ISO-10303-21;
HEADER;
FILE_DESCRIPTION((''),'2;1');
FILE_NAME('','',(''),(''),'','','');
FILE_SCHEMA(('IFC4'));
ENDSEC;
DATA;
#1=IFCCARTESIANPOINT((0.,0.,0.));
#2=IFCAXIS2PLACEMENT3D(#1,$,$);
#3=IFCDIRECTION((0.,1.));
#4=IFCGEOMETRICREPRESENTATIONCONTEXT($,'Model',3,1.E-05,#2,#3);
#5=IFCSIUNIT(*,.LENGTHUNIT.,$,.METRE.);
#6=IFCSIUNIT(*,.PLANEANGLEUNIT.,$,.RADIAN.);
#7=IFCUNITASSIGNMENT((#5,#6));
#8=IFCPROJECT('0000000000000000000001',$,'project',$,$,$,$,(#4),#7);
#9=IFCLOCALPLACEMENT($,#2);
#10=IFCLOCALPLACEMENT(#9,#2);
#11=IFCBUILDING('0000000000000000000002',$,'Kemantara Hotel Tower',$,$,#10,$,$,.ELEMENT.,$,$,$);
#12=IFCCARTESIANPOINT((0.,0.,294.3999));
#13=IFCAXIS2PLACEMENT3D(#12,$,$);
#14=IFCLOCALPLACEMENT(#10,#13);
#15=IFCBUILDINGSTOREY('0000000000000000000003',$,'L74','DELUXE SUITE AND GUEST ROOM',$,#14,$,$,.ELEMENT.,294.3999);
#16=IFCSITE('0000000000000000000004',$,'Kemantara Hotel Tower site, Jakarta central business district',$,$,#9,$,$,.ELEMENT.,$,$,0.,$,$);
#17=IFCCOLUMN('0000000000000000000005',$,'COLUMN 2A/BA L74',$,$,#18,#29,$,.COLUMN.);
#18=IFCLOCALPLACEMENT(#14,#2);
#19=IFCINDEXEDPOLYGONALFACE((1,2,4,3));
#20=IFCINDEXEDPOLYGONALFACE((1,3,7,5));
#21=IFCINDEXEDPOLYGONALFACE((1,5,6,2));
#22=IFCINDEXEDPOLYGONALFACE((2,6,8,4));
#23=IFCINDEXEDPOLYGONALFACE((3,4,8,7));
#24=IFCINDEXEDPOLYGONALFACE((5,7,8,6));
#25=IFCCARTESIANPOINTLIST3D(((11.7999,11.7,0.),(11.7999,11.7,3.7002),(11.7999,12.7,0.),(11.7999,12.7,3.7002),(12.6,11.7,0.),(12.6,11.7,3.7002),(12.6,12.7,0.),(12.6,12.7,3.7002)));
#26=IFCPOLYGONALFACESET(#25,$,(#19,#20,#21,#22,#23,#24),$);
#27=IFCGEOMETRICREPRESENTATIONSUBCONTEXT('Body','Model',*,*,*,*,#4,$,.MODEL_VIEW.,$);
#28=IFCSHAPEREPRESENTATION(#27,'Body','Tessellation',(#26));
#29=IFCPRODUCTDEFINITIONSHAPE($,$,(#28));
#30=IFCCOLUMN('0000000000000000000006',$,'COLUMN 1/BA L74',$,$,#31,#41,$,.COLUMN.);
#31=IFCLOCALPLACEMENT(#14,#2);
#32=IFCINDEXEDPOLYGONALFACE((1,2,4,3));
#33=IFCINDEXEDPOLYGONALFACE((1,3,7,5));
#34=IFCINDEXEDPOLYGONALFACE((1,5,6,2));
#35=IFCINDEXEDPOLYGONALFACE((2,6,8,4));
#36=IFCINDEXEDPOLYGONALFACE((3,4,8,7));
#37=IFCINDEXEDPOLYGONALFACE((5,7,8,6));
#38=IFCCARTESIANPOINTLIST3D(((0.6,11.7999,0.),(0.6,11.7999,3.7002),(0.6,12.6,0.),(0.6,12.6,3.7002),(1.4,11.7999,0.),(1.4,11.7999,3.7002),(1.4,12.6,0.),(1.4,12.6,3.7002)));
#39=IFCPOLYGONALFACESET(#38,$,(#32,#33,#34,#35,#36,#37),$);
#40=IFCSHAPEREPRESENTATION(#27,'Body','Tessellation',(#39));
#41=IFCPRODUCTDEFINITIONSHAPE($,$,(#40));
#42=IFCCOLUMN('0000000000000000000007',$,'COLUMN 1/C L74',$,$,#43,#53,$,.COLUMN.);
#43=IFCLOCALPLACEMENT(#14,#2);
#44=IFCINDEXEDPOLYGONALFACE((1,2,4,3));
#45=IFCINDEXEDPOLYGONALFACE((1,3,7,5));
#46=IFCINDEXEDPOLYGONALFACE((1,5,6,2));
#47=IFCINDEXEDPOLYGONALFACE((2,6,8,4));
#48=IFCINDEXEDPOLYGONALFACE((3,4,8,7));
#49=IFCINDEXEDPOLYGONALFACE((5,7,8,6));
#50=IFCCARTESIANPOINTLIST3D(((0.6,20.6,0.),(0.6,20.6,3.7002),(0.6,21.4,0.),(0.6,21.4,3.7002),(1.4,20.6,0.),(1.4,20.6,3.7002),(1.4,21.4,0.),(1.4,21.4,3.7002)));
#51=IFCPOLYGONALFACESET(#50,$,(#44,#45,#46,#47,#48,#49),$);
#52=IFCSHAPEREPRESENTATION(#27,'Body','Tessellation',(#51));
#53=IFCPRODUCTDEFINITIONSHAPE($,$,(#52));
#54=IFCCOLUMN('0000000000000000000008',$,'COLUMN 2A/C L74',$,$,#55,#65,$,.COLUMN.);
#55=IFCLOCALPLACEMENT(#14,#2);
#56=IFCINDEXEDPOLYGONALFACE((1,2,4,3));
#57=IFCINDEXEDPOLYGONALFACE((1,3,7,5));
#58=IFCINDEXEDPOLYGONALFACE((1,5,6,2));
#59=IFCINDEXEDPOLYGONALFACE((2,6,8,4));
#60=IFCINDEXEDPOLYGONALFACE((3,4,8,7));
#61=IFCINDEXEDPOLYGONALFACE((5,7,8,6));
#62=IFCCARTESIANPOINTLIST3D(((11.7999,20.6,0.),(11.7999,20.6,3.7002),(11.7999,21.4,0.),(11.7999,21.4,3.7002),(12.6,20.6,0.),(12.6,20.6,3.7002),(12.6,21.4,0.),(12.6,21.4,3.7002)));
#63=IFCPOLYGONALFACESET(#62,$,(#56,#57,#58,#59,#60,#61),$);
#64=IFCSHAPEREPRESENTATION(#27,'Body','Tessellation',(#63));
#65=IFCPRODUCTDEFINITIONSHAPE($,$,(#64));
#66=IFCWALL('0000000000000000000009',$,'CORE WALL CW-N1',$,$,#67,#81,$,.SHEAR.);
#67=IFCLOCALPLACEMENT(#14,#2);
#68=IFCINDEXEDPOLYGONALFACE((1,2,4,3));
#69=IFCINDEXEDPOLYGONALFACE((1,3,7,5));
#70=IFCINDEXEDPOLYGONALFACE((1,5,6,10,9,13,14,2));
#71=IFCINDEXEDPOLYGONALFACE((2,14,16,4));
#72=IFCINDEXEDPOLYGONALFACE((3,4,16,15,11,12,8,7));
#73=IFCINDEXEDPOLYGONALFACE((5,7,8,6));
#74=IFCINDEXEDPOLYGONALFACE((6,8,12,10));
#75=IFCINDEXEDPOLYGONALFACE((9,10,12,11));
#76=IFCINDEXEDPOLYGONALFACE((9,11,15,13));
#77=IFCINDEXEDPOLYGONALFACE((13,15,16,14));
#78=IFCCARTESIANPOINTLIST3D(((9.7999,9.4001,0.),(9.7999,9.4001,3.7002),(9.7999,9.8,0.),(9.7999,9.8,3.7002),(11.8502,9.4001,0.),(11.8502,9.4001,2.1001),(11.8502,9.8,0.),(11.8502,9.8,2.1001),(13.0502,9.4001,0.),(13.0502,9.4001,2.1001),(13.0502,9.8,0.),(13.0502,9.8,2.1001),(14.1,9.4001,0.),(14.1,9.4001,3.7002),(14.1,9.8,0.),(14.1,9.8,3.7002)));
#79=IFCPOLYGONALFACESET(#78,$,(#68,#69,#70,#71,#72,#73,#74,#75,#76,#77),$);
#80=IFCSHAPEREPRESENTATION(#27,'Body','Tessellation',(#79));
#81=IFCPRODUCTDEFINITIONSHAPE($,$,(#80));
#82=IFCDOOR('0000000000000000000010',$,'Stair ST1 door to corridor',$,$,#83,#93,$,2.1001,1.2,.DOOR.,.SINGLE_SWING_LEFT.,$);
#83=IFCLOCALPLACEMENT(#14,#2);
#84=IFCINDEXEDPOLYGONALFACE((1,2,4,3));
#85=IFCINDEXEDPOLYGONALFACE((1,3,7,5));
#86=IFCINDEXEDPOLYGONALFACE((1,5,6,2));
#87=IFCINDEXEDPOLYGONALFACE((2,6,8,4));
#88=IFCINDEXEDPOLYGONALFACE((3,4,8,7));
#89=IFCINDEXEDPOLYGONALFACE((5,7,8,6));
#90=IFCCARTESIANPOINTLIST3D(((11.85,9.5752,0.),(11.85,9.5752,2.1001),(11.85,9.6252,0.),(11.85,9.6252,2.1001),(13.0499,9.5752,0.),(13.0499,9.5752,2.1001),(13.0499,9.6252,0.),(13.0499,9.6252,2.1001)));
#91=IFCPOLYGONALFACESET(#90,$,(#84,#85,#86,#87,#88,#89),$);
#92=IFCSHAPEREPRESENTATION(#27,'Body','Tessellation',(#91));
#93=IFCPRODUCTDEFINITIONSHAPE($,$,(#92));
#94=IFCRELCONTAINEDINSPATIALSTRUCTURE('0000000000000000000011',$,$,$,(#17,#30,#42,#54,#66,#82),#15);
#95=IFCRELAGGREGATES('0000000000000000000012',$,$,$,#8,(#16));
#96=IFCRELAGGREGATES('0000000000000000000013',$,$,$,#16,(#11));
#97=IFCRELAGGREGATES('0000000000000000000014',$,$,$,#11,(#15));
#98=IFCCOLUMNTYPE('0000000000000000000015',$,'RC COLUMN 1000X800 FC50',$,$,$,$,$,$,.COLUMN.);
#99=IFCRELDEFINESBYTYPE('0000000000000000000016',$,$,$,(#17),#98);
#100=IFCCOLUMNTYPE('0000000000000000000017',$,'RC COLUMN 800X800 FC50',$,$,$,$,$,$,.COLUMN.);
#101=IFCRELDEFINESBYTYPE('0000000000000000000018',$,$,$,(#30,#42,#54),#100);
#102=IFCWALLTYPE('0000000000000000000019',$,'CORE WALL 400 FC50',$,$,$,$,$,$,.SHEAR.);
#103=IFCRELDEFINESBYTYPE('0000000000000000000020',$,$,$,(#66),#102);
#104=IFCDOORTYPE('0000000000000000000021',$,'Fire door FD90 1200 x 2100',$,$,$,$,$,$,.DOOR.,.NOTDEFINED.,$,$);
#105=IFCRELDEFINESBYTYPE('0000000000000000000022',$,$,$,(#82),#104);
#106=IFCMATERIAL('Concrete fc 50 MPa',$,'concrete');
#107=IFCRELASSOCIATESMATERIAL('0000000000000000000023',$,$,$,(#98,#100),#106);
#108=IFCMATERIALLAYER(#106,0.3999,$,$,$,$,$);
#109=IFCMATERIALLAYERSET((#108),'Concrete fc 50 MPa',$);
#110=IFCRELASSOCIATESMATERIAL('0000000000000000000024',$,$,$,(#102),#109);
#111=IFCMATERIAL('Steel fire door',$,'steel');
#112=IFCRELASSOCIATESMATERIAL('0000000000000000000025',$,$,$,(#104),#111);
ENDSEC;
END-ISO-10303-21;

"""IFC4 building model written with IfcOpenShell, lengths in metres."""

from ifc_helpers import new_model, si_unit, direction, frame, frame_2d, origin, origin_2d, place, context, subcontext, project, spatial, rectangle, extrude, material, layer, layer_set, material_profile, profile_set, type_object, element, fill, save


model = new_model("IFC4")

# Units and contexts
model_context = context("Model", 3, precision=1e-05, world=origin(), true_north=direction((0.0, 1.0)))
body_context = subcontext(model_context, "Body", "Model", "MODEL_VIEW")
ifc_project = project(units=[si_unit("LENGTHUNIT", "METRE"), si_unit("PLANEANGLEUNIT", "RADIAN")], contexts=[model_context])

# Site, building, storey
site_placement = place(None, origin())
site = spatial("IfcSite", under=ifc_project, at=site_placement, Name="Kemantara Hotel Tower site, Jakarta central business district", CompositionType="ELEMENT", RefElevation=0.0)
building_placement = place(site_placement, origin())
building = spatial("IfcBuilding", under=site, at=building_placement, Name="Kemantara Hotel Tower", CompositionType="ELEMENT")
storey_placement = place(building_placement, frame((0.0, 0.0, 294.3999)))
storey = spatial("IfcBuildingStorey", under=building, at=storey_placement, Name="L74", Description="DELUXE SUITE AND GUEST ROOM", CompositionType="ELEMENT", Elevation=294.3999)

# Columns
ifc_material_1 = material(Name="Concrete fc 50 MPa", Category="concrete")
ifc_material_profile_1 = material_profile(ifc_material_1, rectangle(XDim=1.0, YDim=0.8, at=origin_2d()), Name="RC 1000X800")
ifc_profile_set_1 = profile_set([ifc_material_profile_1], Name="Concrete fc 50 MPa")
column_type_1 = type_object("IfcColumnType", Name="RC COLUMN 1000X800 FC50", PredefinedType="COLUMN", material=ifc_profile_set_1)
column_placement = place(storey_placement, frame((12.2, 12.2, 0.0), z_axis=(0.0, 0.0, 1.0), x_axis=(0.0, 1.0, 0.0)))
element("IfcColumn", 1, at=column_placement, inside=storey, type_object=column_type_1, Name="COLUMN 2A/BA L74", PredefinedType="COLUMN", context=body_context, shape_type="SweptSolid", body=[
    extrude(rectangle(XDim=1.0, YDim=0.8, at=origin_2d()), origin(), (0.0, 0.0, 1.0), 3.7002),
])
ifc_material_profile_2 = material_profile(ifc_material_1, rectangle(XDim=0.8, YDim=0.8, at=origin_2d()), Name="RC 800X800")
ifc_profile_set_2 = profile_set([ifc_material_profile_2], Name="Concrete fc 50 MPa")
column_type_2 = type_object("IfcColumnType", Name="RC COLUMN 800X800 FC50", PredefinedType="COLUMN", material=ifc_profile_set_2)
for number, where, z_axis, x_axis, name in (
    (2, (1.0, 12.2, 0.0), (0.0, 0.0, 1.0), (1.0, 0.0, 0.0), "COLUMN 1/BA L74"),
    (3, (1.0, 21.0, 0.0), (0.0, 0.0, 1.0), (1.0, 0.0, 0.0), "COLUMN 1/C L74"),
    (4, (12.2, 21.0, 0.0), (0.0, 0.0, 1.0), (1.0, 0.0, 0.0), "COLUMN 2A/C L74"),
):
    element("IfcColumn", number, at=place(storey_placement, frame(where, z_axis=z_axis, x_axis=x_axis)), inside=storey, type_object=column_type_2, Name=name, PredefinedType="COLUMN", context=body_context, shape_type="SweptSolid", body=[
        extrude(rectangle(XDim=0.8, YDim=0.8, at=origin_2d()), origin(), (0.0, 0.0, 1.0), 3.7002),
    ])

# Wall, opening, door
ifc_layer_1 = layer(ifc_material_1, 0.3999)
ifc_layer_set_1 = layer_set([ifc_layer_1], Name="Concrete fc 50 MPa")
wall_type_1 = type_object("IfcWallType", Name="CORE WALL 400 FC50", PredefinedType="SHEAR", material=ifc_layer_set_1)
wall_1_placement = place(storey_placement, frame((9.8, 9.6001, 0.0), z_axis=(0.0, 0.0, 1.0), x_axis=(1.0, 0.0, 0.0)))
wall_1 = element("IfcWall", 5, at=wall_1_placement, inside=storey, type_object=wall_type_1, Name="CORE WALL CW-N1", PredefinedType="SHEAR", context=body_context, shape_type="SweptSolid", body=[
    extrude(rectangle(XDim=4.3, YDim=0.3999, at=frame_2d((2.1499, 0.0))), origin(), (0.0, 0.0, 1.0), 3.7002),
])
opening_1_placement = place(wall_1_placement, frame((2.05, 0.0, 0.0)))
opening_1 = element("IfcOpeningElement", 6, at=opening_1_placement, cuts=wall_1, PredefinedType="OPENING", context=body_context, shape_type="SweptSolid", body=[
    extrude(rectangle(XDim=1.2, YDim=2.1001, at=frame_2d((0.6001, 1.05))), frame((0.0, 0.21, 0.0), z_axis=(0.0, -1.0, 0.0), x_axis=(1.0, 0.0, 0.0)), (0.0, 0.0, 1.0), 0.4199),
])
ifc_material_2 = material(Name="Steel fire door", Category="steel")
door_type_1 = type_object("IfcDoorType", Name="Fire door FD90 1200 x 2100", OperationType="NOTDEFINED", PredefinedType="DOOR", material=ifc_material_2)
door_1_placement = place(opening_1_placement, frame((1.2, 0.0, 0.0), z_axis=(0.0, 0.0, 1.0), x_axis=(-1.0, 0.0, 0.0)))
door_1 = element("IfcDoor", 7, at=door_1_placement, inside=storey, type_object=door_type_1, Name="Stair ST1 door to corridor", OperationType="SINGLE_SWING_LEFT", OverallHeight=2.1001, OverallWidth=1.2, PredefinedType="DOOR", context=body_context, shape_type="SweptSolid", body=[
    extrude(rectangle(XDim=1.2, YDim=2.1001, at=frame_2d((0.6001, 1.05))), frame((0.0, 0.0249, 0.0), z_axis=(0.0, -1.0, 0.0), x_axis=(1.0, 0.0, 0.0)), (0.0, 0.0, 1.0), 0.05),
])
fill(opening_1, door_1)

save(model, "model.ifc")
